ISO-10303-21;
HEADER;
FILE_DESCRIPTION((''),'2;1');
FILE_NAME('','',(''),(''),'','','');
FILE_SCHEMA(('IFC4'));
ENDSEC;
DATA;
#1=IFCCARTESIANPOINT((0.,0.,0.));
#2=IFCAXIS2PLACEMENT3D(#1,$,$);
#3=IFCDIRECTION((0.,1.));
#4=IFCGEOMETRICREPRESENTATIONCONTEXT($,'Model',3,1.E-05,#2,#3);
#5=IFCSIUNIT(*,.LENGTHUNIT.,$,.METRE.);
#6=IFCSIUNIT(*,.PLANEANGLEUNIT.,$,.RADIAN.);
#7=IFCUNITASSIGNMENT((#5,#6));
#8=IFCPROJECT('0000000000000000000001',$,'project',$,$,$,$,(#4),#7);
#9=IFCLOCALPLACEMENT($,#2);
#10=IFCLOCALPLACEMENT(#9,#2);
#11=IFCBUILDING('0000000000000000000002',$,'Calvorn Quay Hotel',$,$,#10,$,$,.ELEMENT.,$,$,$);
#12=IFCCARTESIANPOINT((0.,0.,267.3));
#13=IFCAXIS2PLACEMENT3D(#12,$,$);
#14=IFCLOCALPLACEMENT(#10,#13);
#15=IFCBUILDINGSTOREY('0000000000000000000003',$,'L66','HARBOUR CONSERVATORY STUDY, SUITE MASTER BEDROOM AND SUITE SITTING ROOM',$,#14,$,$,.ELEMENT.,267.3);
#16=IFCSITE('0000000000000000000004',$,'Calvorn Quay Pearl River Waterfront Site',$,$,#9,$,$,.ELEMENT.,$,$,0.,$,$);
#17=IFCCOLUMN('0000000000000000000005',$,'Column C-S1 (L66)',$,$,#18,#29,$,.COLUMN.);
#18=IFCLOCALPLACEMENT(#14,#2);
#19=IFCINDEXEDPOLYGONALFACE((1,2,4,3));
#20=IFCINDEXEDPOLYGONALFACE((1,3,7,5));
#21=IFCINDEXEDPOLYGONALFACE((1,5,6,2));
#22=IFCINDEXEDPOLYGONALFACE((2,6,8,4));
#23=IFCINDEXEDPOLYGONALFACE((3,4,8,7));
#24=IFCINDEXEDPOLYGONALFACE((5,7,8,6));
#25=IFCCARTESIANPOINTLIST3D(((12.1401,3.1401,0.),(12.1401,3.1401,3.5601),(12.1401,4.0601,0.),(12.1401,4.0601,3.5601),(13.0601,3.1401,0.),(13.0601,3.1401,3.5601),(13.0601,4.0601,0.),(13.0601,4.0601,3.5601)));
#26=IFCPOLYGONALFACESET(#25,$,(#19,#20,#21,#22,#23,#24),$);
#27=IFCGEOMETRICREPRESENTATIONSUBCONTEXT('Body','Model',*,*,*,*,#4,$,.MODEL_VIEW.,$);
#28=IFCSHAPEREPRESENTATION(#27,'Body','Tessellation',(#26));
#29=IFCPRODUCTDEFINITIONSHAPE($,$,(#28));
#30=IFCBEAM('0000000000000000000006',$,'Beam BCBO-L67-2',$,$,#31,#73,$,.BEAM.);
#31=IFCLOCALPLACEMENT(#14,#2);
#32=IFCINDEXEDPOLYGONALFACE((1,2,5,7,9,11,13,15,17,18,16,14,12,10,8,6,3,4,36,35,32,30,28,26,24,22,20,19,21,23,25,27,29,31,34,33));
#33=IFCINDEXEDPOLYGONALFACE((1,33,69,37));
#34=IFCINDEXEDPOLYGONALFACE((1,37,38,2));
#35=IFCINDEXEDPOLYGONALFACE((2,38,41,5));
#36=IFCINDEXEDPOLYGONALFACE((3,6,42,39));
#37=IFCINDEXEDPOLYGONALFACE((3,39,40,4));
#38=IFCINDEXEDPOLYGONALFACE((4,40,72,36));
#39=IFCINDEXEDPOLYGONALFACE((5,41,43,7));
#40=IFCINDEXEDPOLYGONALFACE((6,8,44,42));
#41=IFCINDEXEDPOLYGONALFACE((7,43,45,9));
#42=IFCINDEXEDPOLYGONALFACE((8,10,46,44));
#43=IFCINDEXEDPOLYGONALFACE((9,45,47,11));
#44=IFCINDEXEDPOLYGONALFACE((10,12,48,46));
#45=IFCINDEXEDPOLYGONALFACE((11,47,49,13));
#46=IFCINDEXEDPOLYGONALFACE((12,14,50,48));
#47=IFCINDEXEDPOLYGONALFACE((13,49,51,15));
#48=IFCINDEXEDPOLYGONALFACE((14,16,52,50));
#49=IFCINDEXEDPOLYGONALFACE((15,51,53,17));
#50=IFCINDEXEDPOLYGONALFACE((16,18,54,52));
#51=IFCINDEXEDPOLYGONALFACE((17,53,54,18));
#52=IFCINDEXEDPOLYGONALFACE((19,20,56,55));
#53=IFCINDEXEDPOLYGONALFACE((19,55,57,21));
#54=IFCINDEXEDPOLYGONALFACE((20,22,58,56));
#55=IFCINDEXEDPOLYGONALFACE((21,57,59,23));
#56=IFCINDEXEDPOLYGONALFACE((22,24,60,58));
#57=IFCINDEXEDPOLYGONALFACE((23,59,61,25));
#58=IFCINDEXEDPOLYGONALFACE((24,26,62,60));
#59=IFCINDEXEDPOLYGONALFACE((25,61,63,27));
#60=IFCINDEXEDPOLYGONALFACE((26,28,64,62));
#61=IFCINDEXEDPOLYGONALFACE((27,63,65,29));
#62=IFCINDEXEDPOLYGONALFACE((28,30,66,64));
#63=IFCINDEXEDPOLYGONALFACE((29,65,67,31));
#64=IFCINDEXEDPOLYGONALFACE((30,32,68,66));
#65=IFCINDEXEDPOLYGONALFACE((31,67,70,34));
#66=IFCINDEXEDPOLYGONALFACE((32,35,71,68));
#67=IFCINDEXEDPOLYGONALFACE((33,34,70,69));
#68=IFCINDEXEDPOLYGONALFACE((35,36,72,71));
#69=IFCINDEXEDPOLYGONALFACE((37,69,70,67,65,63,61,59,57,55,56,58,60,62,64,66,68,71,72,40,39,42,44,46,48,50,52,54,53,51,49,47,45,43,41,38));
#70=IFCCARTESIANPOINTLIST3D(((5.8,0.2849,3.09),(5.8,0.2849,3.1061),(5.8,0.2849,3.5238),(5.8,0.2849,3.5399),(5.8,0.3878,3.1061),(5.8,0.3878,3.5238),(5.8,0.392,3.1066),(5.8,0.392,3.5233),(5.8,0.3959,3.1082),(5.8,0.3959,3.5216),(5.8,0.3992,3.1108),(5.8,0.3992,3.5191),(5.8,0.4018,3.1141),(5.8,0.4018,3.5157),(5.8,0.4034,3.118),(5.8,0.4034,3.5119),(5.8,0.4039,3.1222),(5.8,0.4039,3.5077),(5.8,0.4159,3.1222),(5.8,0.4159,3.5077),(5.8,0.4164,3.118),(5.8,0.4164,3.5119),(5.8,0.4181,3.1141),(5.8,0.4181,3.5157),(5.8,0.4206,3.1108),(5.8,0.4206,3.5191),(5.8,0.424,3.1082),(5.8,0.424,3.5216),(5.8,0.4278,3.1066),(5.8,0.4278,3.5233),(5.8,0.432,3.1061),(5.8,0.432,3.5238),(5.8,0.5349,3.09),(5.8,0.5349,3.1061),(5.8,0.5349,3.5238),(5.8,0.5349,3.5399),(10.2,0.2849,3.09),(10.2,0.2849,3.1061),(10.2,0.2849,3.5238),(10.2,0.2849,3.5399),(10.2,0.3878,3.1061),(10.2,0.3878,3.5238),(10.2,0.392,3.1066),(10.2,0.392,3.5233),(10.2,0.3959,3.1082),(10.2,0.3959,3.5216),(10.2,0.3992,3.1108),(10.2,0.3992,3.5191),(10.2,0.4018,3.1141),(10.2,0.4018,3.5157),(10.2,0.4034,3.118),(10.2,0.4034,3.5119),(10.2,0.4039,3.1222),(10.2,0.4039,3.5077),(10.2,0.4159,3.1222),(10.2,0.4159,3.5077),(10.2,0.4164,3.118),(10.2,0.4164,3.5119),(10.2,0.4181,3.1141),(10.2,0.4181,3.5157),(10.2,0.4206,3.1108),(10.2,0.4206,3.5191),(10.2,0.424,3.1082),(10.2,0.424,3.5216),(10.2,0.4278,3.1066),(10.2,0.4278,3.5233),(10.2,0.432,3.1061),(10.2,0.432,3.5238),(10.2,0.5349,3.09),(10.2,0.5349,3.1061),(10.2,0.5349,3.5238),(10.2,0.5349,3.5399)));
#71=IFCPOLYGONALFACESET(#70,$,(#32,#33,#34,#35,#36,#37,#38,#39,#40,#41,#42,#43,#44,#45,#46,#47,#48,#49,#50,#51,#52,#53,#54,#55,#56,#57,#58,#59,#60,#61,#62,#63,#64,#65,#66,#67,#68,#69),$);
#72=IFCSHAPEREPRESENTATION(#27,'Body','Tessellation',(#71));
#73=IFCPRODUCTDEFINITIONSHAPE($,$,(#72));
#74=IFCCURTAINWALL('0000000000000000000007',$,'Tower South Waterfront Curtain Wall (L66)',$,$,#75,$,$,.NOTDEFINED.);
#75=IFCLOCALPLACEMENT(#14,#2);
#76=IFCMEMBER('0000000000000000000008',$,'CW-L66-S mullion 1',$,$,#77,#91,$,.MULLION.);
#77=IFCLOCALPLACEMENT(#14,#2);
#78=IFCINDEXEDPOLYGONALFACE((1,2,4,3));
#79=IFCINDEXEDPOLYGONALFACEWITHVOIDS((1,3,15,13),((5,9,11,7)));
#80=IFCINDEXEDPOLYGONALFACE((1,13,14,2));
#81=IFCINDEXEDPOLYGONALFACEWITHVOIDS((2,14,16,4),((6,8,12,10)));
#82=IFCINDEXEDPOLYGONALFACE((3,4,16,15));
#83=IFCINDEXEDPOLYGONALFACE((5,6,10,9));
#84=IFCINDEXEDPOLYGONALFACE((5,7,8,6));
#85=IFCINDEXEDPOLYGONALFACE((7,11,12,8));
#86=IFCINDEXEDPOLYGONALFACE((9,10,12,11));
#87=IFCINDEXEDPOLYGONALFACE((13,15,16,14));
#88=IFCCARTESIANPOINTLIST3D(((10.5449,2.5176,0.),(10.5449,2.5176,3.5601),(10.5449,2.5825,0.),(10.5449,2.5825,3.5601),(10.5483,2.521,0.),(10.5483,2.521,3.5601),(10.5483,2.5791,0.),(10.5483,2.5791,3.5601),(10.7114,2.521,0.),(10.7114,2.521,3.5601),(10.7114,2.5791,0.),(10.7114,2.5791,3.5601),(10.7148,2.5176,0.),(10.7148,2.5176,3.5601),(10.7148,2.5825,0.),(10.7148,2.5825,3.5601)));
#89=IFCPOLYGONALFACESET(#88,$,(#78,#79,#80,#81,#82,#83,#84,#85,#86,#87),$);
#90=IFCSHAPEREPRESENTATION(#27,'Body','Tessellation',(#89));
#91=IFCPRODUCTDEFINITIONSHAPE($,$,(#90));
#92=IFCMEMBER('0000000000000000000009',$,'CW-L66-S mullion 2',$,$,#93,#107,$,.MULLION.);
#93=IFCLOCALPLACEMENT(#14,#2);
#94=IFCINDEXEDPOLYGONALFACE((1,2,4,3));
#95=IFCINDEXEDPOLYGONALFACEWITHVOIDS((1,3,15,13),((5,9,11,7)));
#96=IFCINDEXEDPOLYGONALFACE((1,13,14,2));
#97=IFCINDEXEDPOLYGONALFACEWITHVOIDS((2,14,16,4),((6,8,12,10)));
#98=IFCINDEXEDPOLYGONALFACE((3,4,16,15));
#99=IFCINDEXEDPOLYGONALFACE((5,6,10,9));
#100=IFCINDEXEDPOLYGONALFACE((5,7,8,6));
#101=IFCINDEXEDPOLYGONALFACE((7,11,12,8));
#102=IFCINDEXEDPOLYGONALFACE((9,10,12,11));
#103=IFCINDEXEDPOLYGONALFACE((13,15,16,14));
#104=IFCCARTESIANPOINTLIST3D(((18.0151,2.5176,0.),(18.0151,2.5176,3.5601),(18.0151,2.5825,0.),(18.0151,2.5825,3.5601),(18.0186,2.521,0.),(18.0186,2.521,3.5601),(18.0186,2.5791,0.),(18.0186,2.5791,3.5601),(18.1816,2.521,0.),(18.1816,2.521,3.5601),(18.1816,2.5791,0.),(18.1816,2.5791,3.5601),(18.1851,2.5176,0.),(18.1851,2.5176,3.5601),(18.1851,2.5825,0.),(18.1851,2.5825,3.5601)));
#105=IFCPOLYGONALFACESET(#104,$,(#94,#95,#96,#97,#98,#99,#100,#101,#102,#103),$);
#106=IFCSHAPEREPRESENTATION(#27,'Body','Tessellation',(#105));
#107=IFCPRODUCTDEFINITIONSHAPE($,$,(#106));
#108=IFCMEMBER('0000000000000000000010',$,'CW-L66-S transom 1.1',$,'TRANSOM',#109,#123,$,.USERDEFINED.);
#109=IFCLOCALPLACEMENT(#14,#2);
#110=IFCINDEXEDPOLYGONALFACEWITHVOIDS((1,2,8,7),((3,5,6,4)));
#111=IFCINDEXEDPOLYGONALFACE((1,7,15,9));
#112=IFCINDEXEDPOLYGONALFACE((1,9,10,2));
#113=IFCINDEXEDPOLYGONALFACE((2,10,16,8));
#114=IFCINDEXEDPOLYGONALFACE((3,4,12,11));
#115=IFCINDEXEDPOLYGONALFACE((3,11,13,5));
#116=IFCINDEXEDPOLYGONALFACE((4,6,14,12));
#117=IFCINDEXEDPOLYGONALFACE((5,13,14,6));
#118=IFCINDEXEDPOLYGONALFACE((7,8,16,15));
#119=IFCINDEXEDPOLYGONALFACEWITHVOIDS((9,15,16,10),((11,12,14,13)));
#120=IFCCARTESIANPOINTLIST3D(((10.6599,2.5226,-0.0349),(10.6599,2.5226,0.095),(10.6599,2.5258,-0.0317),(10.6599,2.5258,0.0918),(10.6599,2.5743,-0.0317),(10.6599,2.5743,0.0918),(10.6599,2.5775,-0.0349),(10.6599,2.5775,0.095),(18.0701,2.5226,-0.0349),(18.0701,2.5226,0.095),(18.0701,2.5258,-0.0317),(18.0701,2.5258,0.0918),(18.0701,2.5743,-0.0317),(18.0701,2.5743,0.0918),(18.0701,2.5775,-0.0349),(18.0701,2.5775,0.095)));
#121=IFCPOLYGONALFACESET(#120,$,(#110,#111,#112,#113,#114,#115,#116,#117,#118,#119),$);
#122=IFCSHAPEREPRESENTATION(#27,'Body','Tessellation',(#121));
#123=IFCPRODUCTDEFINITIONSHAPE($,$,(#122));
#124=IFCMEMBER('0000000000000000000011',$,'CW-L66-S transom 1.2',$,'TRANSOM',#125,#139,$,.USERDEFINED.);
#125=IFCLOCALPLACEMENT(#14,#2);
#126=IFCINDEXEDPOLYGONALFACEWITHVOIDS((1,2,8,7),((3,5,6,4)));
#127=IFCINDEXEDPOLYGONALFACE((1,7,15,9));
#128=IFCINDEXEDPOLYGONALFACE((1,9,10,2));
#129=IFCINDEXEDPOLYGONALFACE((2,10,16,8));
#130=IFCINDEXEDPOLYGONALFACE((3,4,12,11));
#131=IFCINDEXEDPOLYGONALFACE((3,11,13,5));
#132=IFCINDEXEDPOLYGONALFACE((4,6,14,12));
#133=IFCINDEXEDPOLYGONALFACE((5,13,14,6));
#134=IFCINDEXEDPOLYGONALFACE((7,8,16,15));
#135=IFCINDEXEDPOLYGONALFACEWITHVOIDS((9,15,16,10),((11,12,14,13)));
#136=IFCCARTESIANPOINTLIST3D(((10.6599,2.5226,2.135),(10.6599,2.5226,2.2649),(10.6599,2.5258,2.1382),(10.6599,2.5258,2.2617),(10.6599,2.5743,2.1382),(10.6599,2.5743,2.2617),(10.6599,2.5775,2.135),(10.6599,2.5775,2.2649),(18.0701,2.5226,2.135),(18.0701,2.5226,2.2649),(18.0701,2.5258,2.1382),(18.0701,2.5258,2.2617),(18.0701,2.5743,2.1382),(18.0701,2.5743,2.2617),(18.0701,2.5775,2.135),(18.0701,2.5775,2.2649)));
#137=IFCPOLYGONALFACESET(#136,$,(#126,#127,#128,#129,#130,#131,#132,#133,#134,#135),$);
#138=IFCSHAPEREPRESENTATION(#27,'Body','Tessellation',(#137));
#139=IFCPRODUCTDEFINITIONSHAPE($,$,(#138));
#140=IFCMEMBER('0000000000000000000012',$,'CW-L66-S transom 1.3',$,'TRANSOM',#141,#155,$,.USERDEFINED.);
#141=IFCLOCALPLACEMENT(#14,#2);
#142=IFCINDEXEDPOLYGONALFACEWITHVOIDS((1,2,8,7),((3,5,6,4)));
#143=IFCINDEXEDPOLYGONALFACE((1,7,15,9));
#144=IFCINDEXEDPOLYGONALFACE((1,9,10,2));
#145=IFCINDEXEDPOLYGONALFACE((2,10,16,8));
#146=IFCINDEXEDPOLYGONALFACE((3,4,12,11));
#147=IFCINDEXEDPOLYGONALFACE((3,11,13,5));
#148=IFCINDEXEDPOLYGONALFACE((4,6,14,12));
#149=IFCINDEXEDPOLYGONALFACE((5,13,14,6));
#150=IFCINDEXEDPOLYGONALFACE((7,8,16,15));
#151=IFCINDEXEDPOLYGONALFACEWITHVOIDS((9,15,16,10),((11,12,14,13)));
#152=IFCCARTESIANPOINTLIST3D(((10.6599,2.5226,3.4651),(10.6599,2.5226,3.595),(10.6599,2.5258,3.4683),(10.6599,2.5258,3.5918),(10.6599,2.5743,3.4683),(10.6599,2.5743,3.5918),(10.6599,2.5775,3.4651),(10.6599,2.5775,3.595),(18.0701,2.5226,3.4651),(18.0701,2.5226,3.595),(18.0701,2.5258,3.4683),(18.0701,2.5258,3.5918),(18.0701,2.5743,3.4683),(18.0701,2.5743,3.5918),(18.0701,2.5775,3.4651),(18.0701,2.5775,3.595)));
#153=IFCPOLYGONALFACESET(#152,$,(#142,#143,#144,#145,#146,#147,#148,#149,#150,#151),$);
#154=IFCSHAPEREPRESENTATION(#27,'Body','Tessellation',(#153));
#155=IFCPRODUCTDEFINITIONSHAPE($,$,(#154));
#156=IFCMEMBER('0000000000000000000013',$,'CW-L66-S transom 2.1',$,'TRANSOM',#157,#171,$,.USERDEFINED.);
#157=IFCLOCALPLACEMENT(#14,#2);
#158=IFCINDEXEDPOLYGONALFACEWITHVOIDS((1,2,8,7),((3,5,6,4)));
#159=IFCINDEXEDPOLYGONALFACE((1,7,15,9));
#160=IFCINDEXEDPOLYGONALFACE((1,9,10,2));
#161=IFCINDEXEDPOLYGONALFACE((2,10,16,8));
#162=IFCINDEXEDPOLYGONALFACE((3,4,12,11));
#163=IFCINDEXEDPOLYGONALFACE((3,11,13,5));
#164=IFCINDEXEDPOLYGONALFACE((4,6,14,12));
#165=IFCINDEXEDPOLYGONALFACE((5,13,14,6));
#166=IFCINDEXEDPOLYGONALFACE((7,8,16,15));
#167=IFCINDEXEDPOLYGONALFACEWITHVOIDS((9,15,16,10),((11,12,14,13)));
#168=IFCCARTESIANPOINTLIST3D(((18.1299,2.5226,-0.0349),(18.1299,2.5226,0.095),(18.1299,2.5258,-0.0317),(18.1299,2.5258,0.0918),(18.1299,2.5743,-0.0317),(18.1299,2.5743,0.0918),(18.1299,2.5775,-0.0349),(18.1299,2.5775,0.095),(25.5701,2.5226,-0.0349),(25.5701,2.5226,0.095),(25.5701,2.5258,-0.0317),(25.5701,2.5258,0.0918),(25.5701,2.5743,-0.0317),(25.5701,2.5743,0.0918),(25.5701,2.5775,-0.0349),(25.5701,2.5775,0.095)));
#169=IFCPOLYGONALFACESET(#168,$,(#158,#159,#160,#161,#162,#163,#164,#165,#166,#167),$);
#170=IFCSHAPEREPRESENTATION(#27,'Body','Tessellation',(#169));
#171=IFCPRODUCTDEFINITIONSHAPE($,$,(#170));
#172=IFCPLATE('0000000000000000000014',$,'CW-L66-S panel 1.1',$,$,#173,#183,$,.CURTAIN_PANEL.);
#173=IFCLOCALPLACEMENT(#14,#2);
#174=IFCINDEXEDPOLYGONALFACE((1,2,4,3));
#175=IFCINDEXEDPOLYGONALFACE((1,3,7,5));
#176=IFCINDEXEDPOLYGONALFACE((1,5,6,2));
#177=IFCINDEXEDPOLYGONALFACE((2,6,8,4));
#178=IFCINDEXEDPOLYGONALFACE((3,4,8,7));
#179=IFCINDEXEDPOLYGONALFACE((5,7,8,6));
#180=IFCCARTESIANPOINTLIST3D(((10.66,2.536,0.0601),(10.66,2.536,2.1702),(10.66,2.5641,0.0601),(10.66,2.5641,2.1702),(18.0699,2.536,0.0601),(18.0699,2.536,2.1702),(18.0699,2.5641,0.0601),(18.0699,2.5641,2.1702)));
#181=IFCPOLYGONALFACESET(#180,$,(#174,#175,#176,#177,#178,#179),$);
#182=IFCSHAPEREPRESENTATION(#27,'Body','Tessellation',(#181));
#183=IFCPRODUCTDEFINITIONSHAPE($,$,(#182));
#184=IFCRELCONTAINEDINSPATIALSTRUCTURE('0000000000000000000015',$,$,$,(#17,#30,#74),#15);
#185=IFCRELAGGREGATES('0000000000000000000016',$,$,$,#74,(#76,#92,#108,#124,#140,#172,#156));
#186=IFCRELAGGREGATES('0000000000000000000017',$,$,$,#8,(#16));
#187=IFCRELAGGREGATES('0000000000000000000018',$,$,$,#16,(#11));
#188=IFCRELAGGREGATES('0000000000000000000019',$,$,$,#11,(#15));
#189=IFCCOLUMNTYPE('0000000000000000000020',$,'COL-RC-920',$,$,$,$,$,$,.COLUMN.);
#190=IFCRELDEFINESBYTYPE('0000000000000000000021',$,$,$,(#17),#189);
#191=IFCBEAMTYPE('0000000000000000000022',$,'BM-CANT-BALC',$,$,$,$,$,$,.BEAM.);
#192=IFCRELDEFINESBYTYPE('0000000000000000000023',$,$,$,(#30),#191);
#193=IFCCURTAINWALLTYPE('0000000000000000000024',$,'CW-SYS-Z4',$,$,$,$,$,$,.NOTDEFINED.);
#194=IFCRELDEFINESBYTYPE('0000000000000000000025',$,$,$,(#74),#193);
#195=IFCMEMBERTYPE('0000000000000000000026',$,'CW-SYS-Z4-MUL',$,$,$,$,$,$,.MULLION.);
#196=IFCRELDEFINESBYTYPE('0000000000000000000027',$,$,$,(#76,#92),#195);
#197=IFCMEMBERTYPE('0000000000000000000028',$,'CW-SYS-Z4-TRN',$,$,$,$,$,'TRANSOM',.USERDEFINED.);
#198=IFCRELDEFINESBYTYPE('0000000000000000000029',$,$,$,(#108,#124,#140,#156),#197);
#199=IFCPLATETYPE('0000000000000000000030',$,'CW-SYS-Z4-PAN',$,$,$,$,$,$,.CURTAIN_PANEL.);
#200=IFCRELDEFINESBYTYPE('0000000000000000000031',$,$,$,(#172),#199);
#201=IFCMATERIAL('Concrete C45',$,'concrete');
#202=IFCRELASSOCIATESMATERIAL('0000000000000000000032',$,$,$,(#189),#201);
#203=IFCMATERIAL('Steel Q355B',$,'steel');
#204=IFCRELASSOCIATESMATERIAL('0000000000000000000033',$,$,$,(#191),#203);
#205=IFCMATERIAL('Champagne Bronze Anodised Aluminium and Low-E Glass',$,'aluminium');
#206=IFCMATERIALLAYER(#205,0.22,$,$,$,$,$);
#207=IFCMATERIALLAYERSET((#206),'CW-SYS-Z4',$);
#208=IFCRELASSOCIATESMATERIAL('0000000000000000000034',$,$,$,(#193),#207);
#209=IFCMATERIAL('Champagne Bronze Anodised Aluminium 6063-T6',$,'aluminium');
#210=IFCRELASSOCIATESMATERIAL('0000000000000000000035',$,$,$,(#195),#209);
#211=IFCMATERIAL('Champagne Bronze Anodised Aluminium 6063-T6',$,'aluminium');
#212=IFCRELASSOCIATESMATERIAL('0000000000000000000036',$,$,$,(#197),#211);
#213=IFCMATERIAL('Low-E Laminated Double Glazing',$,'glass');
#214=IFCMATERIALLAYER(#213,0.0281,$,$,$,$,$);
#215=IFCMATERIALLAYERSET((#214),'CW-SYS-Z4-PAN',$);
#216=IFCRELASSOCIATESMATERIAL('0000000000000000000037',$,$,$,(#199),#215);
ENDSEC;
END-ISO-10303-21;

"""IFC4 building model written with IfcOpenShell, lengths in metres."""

from ifc_helpers import new_model, si_unit, direction, frame, origin, origin_2d, place, context, subcontext, project, spatial, rectangle, hollow_rectangle, i_section, extrude, material, layer, layer_set, material_profile, profile_set, type_object, element, aggregate, save


model = new_model("IFC4")

# Units and contexts
model_context = context("Model", 3, precision=1e-05, world=origin(), true_north=direction((0.0, 1.0)))
body_context = subcontext(model_context, "Body", "Model", "MODEL_VIEW")
ifc_project = project(units=[si_unit("LENGTHUNIT", "METRE"), si_unit("PLANEANGLEUNIT", "RADIAN")], contexts=[model_context])

# Site, building, storey
site_placement = place(None, origin())
site = spatial("IfcSite", under=ifc_project, at=site_placement, Name="Calvorn Quay Pearl River Waterfront Site", CompositionType="ELEMENT", RefElevation=0.0)
building_placement = place(site_placement, origin())
building = spatial("IfcBuilding", under=site, at=building_placement, Name="Calvorn Quay Hotel", CompositionType="ELEMENT")
storey_placement = place(building_placement, frame((0.0, 0.0, 267.3)))
storey = spatial("IfcBuildingStorey", under=building, at=storey_placement, Name="L66", Description="HARBOUR CONSERVATORY STUDY, SUITE MASTER BEDROOM AND SUITE SITTING ROOM", CompositionType="ELEMENT", Elevation=267.3)

# Column
ifc_material_1 = material(Name="Concrete C45", Category="concrete")
ifc_material_profile_1 = material_profile(ifc_material_1, rectangle(XDim=0.9199, YDim=0.9199, at=origin_2d()), Name="RC920x920")
ifc_profile_set_1 = profile_set([ifc_material_profile_1], Name="Concrete C45")
column_type = type_object("IfcColumnType", Name="COL-RC-920", PredefinedType="COLUMN", material=ifc_profile_set_1)
column_placement = place(storey_placement, frame((12.6001, 3.6001, 0.0), z_axis=(0.0, 0.0, 1.0), x_axis=(1.0, 0.0, 0.0)))
element("IfcColumn", 1, at=column_placement, inside=storey, type_object=column_type, Name="Column C-S1 (L66)", PredefinedType="COLUMN", context=body_context, shape_type="SweptSolid", body=[
    extrude(rectangle(XDim=0.9199, YDim=0.9199, at=origin_2d()), origin(), (0.0, 0.0, 1.0), 3.5601),
])

# Beam
ifc_material_2 = material(Name="Steel Q355B", Category="steel")
ifc_material_profile_2 = material_profile(ifc_material_2, i_section(OverallWidth=0.25, OverallDepth=0.45, WebThickness=0.012, FlangeThickness=0.0161, FilletRadius=0.0161, at=origin_2d()), Name="HN450x250x12x16")
ifc_profile_set_2 = profile_set([ifc_material_profile_2], Name="Steel Q355B")
beam_type = type_object("IfcBeamType", Name="BM-CANT-BALC", PredefinedType="BEAM", material=ifc_profile_set_2)
beam_placement = place(storey_placement, frame((5.8, 0.4099, 3.3149), z_axis=(1.0, 0.0, 0.0), x_axis=(0.0, 1.0, 0.0)))
element("IfcBeam", 2, at=beam_placement, inside=storey, type_object=beam_type, Name="Beam BCBO-L67-2", PredefinedType="BEAM", context=body_context, shape_type="SweptSolid", body=[
    extrude(i_section(OverallWidth=0.25, OverallDepth=0.45, WebThickness=0.012, FlangeThickness=0.0161, FilletRadius=0.0161, at=origin_2d()), origin(), (0.0, 0.0, 1.0), 4.3999),
])

# Curtain wall, members, plate
ifc_material_3 = material(Name="Champagne Bronze Anodised Aluminium and Low-E Glass", Category="aluminium")
ifc_layer_1 = layer(ifc_material_3, 0.22)
ifc_layer_set_1 = layer_set([ifc_layer_1], Name="CW-SYS-Z4")
curtain_wall_type = type_object("IfcCurtainWallType", Name="CW-SYS-Z4", PredefinedType="NOTDEFINED", material=ifc_layer_set_1)
curtain_wall_placement = place(storey_placement, origin())
curtain_wall = element("IfcCurtainWall", 3, at=curtain_wall_placement, inside=storey, type_object=curtain_wall_type, Name="Tower South Waterfront Curtain Wall (L66)", PredefinedType="NOTDEFINED")
ifc_material_4 = material(Name="Champagne Bronze Anodised Aluminium 6063-T6", Category="aluminium")
ifc_material_profile_3 = material_profile(ifc_material_4, hollow_rectangle(XDim=0.0649, YDim=0.1699, WallThickness=0.0034, at=origin_2d()), Name="ALU-M170x65x3.5")
ifc_profile_set_3 = profile_set([ifc_material_profile_3], Name="Champagne Bronze Anodised Aluminium 6063-T6")
member_type_1 = type_object("IfcMemberType", Name="CW-SYS-Z4-MUL", PredefinedType="MULLION", material=ifc_profile_set_3)
member_1_placement = place(storey_placement, frame((10.6299, 2.55, 0.0), z_axis=(0.0, 0.0, 1.0), x_axis=(0.0, 1.0, 0.0)))
member_1 = element("IfcMember", 4, at=member_1_placement, type_object=member_type_1, Name="CW-L66-S mullion 1", PredefinedType="MULLION", context=body_context, shape_type="SweptSolid", body=[
    extrude(hollow_rectangle(XDim=0.0649, YDim=0.1699, WallThickness=0.0034, at=origin_2d()), origin(), (0.0, 0.0, 1.0), 3.5601),
])
member_2_placement = place(storey_placement, frame((18.1001, 2.55, 0.0), z_axis=(0.0, 0.0, 1.0), x_axis=(0.0, 1.0, 0.0)))
member_2 = element("IfcMember", 5, at=member_2_placement, type_object=member_type_1, Name="CW-L66-S mullion 2", PredefinedType="MULLION", context=body_context, shape_type="SweptSolid", body=[
    extrude(hollow_rectangle(XDim=0.0649, YDim=0.1699, WallThickness=0.0034, at=origin_2d()), origin(), (0.0, 0.0, 1.0), 3.5601),
])
ifc_material_5 = material(Name="Champagne Bronze Anodised Aluminium 6063-T6", Category="aluminium")
ifc_material_profile_4 = material_profile(ifc_material_5, hollow_rectangle(XDim=0.0549, YDim=0.1299, WallThickness=0.0032, at=origin_2d()), Name="ALU-T130x55x3.2")
ifc_profile_set_4 = profile_set([ifc_material_profile_4], Name="Champagne Bronze Anodised Aluminium 6063-T6")
member_type_2 = type_object("IfcMemberType", Name="CW-SYS-Z4-TRN", ElementType="TRANSOM", PredefinedType="USERDEFINED", material=ifc_profile_set_4)
member_3_placement = place(storey_placement, frame((10.6599, 2.55, 0.03), z_axis=(1.0, 0.0, 0.0), x_axis=(0.0, 1.0, 0.0)))
member_3 = element("IfcMember", 6, at=member_3_placement, type_object=member_type_2, Name="CW-L66-S transom 1.1", ObjectType="TRANSOM", PredefinedType="USERDEFINED", context=body_context, shape_type="SweptSolid", body=[
    extrude(hollow_rectangle(XDim=0.0549, YDim=0.1299, WallThickness=0.0032, at=origin_2d()), origin(), (0.0, 0.0, 1.0), 7.4102),
])
member_4_placement = place(storey_placement, frame((10.6599, 2.55, 2.2), z_axis=(1.0, 0.0, 0.0), x_axis=(0.0, 1.0, 0.0)))
member_4 = element("IfcMember", 7, at=member_4_placement, type_object=member_type_2, Name="CW-L66-S transom 1.2", ObjectType="TRANSOM", PredefinedType="USERDEFINED", context=body_context, shape_type="SweptSolid", body=[
    extrude(hollow_rectangle(XDim=0.0549, YDim=0.1299, WallThickness=0.0032, at=origin_2d()), origin(), (0.0, 0.0, 1.0), 7.4102),
])
member_5_placement = place(storey_placement, frame((10.6599, 2.55, 3.53), z_axis=(1.0, 0.0, 0.0), x_axis=(0.0, 1.0, 0.0)))
member_5 = element("IfcMember", 8, at=member_5_placement, type_object=member_type_2, Name="CW-L66-S transom 1.3", ObjectType="TRANSOM", PredefinedType="USERDEFINED", context=body_context, shape_type="SweptSolid", body=[
    extrude(hollow_rectangle(XDim=0.0549, YDim=0.1299, WallThickness=0.0032, at=origin_2d()), origin(), (0.0, 0.0, 1.0), 7.4102),
])
member_6_placement = place(storey_placement, frame((18.1299, 2.55, 0.03), z_axis=(1.0, 0.0, 0.0), x_axis=(0.0, 1.0, 0.0)))
member_6 = element("IfcMember", 9, at=member_6_placement, type_object=member_type_2, Name="CW-L66-S transom 2.1", ObjectType="TRANSOM", PredefinedType="USERDEFINED", context=body_context, shape_type="SweptSolid", body=[
    extrude(hollow_rectangle(XDim=0.0549, YDim=0.1299, WallThickness=0.0032, at=origin_2d()), origin(), (0.0, 0.0, 1.0), 7.4402),
])
ifc_material_6 = material(Name="Low-E Laminated Double Glazing", Category="glass")
ifc_layer_2 = layer(ifc_material_6, 0.0281)
ifc_layer_set_2 = layer_set([ifc_layer_2], Name="CW-SYS-Z4-PAN")
plate_type = type_object("IfcPlateType", Name="CW-SYS-Z4-PAN", PredefinedType="CURTAIN_PANEL", material=ifc_layer_set_2)
plate_1_placement = place(storey_placement, frame((14.365, 2.55, 0.0601), z_axis=(0.0, 0.0, 1.0), x_axis=(1.0, 0.0, 0.0)))
plate_1 = element("IfcPlate", 10, at=plate_1_placement, type_object=plate_type, Name="CW-L66-S panel 1.1", PredefinedType="CURTAIN_PANEL", context=body_context, shape_type="SweptSolid", body=[
    extrude(rectangle(XDim=7.4099, YDim=0.0281, at=origin_2d()), origin(), (0.0, 0.0, 1.0), 2.1101),
])
aggregate(curtain_wall, [member_1, member_2, member_3, member_4, member_5, plate_1, member_6])

save(model, "model.ifc")
